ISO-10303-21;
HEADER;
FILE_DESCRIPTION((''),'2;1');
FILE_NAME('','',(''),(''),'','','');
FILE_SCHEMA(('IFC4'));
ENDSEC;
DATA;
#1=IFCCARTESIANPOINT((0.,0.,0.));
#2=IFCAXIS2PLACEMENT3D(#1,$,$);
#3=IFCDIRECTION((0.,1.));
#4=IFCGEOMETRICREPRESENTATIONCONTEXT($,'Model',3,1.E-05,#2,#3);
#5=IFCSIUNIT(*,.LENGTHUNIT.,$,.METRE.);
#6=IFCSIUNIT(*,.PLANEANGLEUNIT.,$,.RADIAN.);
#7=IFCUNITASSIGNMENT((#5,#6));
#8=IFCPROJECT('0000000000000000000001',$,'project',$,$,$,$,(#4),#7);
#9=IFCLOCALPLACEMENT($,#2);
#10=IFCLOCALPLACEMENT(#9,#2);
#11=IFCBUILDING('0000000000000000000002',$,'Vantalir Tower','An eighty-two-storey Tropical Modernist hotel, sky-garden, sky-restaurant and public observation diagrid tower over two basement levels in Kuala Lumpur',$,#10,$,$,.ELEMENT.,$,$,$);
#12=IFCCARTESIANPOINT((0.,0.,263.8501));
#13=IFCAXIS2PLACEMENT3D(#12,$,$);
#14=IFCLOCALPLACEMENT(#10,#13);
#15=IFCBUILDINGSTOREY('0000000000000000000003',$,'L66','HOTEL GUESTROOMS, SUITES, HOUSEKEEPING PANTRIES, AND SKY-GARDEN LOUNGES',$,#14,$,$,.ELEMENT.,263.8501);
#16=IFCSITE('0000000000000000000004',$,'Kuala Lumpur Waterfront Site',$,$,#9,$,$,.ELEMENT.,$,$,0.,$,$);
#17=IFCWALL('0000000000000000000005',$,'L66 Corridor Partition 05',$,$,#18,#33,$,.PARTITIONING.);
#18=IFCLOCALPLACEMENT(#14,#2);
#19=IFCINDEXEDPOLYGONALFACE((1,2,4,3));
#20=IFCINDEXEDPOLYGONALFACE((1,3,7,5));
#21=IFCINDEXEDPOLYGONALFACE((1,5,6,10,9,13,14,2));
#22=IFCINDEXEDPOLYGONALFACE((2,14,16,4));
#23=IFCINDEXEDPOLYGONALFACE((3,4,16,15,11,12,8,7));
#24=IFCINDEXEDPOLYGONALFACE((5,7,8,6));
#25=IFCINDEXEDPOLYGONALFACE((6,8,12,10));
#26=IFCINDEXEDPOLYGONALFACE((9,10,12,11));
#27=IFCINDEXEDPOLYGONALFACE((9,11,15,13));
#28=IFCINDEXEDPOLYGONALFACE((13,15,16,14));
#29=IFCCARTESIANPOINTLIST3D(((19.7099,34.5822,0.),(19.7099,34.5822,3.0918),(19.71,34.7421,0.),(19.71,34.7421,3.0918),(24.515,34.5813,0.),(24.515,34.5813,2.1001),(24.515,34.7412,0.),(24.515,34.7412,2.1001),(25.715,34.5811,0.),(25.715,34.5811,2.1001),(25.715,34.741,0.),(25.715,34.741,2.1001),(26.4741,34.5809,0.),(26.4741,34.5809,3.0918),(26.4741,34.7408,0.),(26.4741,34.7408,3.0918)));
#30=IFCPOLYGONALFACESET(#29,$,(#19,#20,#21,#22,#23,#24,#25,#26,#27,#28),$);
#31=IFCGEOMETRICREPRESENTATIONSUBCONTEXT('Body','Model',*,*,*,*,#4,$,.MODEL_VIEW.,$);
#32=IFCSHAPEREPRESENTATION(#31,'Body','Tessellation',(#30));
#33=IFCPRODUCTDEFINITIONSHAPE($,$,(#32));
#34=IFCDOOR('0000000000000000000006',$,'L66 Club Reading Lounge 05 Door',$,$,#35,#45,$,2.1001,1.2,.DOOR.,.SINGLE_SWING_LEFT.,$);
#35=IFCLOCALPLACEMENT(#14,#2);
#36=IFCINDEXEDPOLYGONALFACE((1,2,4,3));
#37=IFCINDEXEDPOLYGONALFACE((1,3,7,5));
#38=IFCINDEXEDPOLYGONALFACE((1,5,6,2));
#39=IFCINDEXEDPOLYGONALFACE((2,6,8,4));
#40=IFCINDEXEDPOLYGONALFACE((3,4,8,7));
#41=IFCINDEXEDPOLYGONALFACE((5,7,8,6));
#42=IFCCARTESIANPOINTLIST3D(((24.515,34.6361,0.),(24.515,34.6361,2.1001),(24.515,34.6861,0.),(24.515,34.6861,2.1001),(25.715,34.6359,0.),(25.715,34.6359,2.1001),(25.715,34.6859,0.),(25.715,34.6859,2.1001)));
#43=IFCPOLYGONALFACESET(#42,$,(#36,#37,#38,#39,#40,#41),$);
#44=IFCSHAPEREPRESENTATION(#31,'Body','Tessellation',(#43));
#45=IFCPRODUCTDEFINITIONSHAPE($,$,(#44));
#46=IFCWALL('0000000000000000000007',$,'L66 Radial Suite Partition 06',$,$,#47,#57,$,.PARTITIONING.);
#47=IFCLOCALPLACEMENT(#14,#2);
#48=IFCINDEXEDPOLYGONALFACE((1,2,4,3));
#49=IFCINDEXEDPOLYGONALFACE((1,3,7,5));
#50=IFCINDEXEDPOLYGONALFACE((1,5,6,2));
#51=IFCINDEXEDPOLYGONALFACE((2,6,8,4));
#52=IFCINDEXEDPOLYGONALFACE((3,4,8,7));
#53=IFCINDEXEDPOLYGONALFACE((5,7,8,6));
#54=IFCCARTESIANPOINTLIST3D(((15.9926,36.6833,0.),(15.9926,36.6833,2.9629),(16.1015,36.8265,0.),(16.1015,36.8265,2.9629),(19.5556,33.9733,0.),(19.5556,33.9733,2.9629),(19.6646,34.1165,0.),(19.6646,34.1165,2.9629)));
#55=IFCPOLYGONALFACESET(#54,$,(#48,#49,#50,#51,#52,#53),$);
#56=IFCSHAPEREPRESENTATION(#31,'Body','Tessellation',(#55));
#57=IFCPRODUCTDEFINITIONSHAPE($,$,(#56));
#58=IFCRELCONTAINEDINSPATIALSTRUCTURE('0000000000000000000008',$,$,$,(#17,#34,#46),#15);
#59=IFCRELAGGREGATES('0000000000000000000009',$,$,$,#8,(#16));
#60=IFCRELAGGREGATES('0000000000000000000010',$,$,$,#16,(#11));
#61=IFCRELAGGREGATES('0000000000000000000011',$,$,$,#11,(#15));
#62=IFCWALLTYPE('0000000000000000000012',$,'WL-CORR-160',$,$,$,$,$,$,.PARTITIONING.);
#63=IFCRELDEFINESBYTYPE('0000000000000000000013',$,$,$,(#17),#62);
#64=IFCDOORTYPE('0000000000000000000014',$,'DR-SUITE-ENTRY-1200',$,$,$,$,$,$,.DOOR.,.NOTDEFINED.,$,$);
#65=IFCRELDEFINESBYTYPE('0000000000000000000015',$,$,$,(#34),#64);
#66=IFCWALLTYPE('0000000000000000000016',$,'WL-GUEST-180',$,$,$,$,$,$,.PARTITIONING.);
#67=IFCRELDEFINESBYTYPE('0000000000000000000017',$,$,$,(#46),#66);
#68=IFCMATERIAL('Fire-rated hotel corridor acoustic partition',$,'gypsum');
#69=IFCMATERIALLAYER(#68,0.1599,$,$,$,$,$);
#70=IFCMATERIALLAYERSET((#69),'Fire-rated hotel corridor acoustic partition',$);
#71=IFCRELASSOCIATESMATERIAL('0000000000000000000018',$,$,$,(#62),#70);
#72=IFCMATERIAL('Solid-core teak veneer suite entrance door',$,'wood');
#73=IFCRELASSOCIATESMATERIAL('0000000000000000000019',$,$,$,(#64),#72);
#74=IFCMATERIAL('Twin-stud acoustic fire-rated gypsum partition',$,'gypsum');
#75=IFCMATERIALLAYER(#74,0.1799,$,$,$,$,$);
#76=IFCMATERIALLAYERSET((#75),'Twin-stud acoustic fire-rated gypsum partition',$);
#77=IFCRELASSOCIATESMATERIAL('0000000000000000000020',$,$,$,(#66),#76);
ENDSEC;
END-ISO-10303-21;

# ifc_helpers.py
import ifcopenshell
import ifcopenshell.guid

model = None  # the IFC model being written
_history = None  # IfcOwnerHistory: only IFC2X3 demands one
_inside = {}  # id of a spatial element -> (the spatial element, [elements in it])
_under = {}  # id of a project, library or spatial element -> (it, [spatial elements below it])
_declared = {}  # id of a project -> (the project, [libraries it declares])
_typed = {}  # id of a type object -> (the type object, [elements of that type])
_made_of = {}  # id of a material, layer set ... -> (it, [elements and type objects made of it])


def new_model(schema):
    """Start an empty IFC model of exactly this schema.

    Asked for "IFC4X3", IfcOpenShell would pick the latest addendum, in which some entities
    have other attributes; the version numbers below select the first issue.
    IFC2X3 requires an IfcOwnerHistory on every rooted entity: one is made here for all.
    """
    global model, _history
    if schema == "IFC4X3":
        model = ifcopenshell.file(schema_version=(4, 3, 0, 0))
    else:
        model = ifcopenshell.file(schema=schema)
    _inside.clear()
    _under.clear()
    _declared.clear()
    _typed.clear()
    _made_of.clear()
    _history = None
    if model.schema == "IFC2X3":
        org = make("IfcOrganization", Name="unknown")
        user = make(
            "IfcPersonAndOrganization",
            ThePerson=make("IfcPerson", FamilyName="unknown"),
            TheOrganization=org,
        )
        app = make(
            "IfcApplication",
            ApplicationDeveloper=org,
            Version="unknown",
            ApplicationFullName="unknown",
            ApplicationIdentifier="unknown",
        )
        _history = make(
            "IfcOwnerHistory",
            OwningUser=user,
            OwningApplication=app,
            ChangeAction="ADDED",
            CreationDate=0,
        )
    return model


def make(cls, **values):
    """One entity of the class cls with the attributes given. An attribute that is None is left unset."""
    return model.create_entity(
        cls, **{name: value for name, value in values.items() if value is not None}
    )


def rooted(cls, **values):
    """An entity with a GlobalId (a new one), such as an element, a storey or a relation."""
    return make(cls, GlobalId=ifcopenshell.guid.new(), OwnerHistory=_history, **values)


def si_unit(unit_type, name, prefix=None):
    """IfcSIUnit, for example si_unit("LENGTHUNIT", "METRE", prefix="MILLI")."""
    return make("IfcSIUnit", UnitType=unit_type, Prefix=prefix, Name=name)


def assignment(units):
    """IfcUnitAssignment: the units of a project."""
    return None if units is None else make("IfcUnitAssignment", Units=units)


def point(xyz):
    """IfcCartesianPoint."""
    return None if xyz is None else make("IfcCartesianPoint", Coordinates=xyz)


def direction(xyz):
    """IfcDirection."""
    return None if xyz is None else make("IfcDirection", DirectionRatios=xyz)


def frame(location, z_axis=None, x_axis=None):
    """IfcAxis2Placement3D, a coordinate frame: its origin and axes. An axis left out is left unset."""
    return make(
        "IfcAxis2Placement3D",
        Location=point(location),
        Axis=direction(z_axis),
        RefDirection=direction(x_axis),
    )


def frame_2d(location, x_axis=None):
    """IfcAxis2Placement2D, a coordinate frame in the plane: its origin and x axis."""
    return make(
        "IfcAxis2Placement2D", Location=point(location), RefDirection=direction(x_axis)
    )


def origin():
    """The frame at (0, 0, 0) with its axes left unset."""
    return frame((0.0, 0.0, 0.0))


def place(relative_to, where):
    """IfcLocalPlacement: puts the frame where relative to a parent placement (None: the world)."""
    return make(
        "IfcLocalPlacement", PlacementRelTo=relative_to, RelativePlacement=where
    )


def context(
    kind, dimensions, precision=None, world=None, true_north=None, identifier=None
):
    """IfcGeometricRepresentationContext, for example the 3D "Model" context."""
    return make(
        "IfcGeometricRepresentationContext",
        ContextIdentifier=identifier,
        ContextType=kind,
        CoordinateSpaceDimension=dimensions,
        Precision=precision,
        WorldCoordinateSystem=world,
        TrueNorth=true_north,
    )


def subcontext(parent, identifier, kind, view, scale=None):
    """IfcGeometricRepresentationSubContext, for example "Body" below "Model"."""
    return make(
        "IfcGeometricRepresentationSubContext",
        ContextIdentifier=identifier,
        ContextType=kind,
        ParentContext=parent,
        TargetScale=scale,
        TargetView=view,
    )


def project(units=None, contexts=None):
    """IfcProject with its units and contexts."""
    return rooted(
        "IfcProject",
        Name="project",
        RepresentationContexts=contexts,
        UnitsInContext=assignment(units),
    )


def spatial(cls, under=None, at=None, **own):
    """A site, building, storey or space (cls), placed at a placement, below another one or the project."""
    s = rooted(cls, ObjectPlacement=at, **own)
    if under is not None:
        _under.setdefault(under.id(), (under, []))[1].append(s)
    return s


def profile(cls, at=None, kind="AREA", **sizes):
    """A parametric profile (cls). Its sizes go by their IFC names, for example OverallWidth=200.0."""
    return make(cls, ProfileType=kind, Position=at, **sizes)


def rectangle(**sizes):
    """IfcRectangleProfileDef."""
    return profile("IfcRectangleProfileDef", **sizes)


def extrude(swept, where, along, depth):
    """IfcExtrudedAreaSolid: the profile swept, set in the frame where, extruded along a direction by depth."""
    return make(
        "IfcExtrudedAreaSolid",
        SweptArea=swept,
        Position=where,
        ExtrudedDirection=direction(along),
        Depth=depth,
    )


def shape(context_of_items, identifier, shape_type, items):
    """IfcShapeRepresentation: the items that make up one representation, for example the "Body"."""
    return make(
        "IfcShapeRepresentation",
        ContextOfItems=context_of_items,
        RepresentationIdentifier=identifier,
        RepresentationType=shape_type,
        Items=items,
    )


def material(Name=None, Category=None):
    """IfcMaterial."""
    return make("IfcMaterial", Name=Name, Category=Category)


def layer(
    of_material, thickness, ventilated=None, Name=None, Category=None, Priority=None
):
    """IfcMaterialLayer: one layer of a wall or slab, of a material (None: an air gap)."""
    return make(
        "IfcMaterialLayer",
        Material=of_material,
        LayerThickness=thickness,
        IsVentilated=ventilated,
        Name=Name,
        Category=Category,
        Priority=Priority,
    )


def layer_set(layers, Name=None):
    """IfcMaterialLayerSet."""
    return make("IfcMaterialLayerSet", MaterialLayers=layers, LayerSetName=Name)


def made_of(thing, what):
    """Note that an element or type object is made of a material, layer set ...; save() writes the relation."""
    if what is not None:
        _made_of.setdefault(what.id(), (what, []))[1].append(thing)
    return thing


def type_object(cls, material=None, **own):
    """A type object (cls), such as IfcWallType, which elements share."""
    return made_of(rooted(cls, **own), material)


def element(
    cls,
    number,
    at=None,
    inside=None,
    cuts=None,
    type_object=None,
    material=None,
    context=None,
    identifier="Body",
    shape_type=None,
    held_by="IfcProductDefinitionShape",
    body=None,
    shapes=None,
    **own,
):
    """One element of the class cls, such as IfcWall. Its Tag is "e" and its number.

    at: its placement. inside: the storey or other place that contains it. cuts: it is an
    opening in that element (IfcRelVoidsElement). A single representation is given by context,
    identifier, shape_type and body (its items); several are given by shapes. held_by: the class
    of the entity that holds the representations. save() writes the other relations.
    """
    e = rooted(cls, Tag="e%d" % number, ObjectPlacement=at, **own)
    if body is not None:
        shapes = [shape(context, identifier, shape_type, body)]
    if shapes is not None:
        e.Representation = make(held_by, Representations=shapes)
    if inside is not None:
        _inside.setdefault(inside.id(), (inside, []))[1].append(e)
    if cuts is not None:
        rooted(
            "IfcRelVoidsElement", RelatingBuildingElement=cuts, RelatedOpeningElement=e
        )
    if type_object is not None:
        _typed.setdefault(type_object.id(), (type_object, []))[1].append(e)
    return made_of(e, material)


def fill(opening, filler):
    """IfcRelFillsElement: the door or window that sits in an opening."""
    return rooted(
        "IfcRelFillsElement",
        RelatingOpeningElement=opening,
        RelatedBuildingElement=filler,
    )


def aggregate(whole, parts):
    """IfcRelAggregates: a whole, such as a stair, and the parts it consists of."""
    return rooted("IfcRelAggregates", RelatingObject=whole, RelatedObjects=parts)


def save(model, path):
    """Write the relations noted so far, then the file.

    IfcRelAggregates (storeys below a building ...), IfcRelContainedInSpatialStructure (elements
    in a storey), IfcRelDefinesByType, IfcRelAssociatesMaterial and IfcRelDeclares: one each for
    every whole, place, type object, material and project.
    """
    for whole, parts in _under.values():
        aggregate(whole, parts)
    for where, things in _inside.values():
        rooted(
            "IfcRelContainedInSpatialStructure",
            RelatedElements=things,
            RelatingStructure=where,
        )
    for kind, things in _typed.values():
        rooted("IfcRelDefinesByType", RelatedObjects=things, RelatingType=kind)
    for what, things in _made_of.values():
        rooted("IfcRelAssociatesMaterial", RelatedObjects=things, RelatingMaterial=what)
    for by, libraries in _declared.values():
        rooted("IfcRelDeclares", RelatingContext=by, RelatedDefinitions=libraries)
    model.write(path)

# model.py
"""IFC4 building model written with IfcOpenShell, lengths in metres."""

from ifc_helpers import new_model, si_unit, direction, frame, frame_2d, origin, place, context, subcontext, project, spatial, rectangle, extrude, material, layer, layer_set, type_object, element, fill, save


model = new_model("IFC4")

# Units and contexts
model_context = context("Model", 3, precision=1e-05, world=origin(), true_north=direction((0.0, 1.0)))
body_context = subcontext(model_context, "Body", "Model", "MODEL_VIEW")
ifc_project = project(units=[si_unit("LENGTHUNIT", "METRE"), si_unit("PLANEANGLEUNIT", "RADIAN")], contexts=[model_context])

# Site, building, storey
site_placement = place(None, origin())
site = spatial("IfcSite", under=ifc_project, at=site_placement, Name="Kuala Lumpur Waterfront Site", CompositionType="ELEMENT", RefElevation=0.0)
building_placement = place(site_placement, origin())
building = spatial("IfcBuilding", under=site, at=building_placement, Name="Vantalir Tower", Description="An eighty-two-storey Tropical Modernist hotel, sky-garden, sky-restaurant and public observation diagrid tower over two basement levels in Kuala Lumpur", CompositionType="ELEMENT")
storey_placement = place(building_placement, frame((0.0, 0.0, 263.8501)))
storey = spatial("IfcBuildingStorey", under=building, at=storey_placement, Name="L66", Description="HOTEL GUESTROOMS, SUITES, HOUSEKEEPING PANTRIES, AND SKY-GARDEN LOUNGES", CompositionType="ELEMENT", Elevation=263.8501)

# Shared definitions
ifc_material_1 = material(Name="Fire-rated hotel corridor acoustic partition", Category="gypsum")
ifc_layer_1 = layer(ifc_material_1, 0.1599)
ifc_layer_set_1 = layer_set([ifc_layer_1], Name="Fire-rated hotel corridor acoustic partition")
wall_type_1 = type_object("IfcWallType", Name="WL-CORR-160", PredefinedType="PARTITIONING", material=ifc_layer_set_1)

# Wall, opening, door
wall_1_placement = place(storey_placement, frame((19.71, 34.6621, 0.0), z_axis=(0.0, 0.0, 1.0), x_axis=(1.0, -0.00018, 0.0)))
wall_1 = element("IfcWall", 1, at=wall_1_placement, inside=storey, type_object=wall_type_1, Name="L66 Corridor Partition 05", PredefinedType="PARTITIONING", context=body_context, shape_type="SweptSolid", body=[
    extrude(rectangle(XDim=6.7642, YDim=0.1599, at=frame_2d((3.3821, 0.0))), origin(), (0.0, 0.0, 1.0), 3.0918),
])
opening_placement = place(wall_1_placement, frame((4.8049, 0.0, 0.0)))
opening = element("IfcOpeningElement", 2, at=opening_placement, cuts=wall_1, PredefinedType="OPENING", context=body_context, shape_type="SweptSolid", body=[
    extrude(rectangle(XDim=1.2, YDim=2.1001, at=frame_2d((0.6001, 1.05))), frame((0.0, 0.0898, 0.0), z_axis=(0.0, -1.0, 0.0), x_axis=(1.0, 0.0, 0.0)), (0.0, 0.0, 1.0), 0.1799),
])
ifc_material_2 = material(Name="Solid-core teak veneer suite entrance door", Category="wood")
door_type = type_object("IfcDoorType", Name="DR-SUITE-ENTRY-1200", OperationType="NOTDEFINED", PredefinedType="DOOR", material=ifc_material_2)
door_placement = place(opening_placement, origin())
door = element("IfcDoor", 3, at=door_placement, inside=storey, type_object=door_type, Name="L66 Club Reading Lounge 05 Door", OperationType="SINGLE_SWING_LEFT", OverallHeight=2.1001, OverallWidth=1.2, PredefinedType="DOOR", context=body_context, shape_type="SweptSolid", body=[
    extrude(rectangle(XDim=1.2, YDim=2.1001, at=frame_2d((0.6001, 1.05))), frame((0.0, 0.0249, 0.0), z_axis=(0.0, -1.0, 0.0), x_axis=(1.0, 0.0, 0.0)), (0.0, 0.0, 1.0), 0.05),
])
fill(opening, door)

# Wall
ifc_material_3 = material(Name="Twin-stud acoustic fire-rated gypsum partition", Category="gypsum")
ifc_layer_2 = layer(ifc_material_3, 0.1799)
ifc_layer_set_2 = layer_set([ifc_layer_2], Name="Twin-stud acoustic fire-rated gypsum partition")
wall_type_2 = type_object("IfcWallType", Name="WL-GUEST-180", PredefinedType="PARTITIONING", material=ifc_layer_set_2)
wall_2_placement = place(storey_placement, frame((19.6101, 34.0449, 0.0), z_axis=(0.0, 0.0, 1.0), x_axis=(-0.795937, 0.605379, 0.0)))
element("IfcWall", 4, at=wall_2_placement, inside=storey, type_object=wall_type_2, Name="L66 Radial Suite Partition 06", PredefinedType="PARTITIONING", context=body_context, shape_type="SweptSolid", body=[
    extrude(rectangle(XDim=4.4766, YDim=0.1799, at=frame_2d((2.2383, 0.0))), origin(), (0.0, 0.0, 1.0), 2.9629),
])

save(model, "model.ifc")
